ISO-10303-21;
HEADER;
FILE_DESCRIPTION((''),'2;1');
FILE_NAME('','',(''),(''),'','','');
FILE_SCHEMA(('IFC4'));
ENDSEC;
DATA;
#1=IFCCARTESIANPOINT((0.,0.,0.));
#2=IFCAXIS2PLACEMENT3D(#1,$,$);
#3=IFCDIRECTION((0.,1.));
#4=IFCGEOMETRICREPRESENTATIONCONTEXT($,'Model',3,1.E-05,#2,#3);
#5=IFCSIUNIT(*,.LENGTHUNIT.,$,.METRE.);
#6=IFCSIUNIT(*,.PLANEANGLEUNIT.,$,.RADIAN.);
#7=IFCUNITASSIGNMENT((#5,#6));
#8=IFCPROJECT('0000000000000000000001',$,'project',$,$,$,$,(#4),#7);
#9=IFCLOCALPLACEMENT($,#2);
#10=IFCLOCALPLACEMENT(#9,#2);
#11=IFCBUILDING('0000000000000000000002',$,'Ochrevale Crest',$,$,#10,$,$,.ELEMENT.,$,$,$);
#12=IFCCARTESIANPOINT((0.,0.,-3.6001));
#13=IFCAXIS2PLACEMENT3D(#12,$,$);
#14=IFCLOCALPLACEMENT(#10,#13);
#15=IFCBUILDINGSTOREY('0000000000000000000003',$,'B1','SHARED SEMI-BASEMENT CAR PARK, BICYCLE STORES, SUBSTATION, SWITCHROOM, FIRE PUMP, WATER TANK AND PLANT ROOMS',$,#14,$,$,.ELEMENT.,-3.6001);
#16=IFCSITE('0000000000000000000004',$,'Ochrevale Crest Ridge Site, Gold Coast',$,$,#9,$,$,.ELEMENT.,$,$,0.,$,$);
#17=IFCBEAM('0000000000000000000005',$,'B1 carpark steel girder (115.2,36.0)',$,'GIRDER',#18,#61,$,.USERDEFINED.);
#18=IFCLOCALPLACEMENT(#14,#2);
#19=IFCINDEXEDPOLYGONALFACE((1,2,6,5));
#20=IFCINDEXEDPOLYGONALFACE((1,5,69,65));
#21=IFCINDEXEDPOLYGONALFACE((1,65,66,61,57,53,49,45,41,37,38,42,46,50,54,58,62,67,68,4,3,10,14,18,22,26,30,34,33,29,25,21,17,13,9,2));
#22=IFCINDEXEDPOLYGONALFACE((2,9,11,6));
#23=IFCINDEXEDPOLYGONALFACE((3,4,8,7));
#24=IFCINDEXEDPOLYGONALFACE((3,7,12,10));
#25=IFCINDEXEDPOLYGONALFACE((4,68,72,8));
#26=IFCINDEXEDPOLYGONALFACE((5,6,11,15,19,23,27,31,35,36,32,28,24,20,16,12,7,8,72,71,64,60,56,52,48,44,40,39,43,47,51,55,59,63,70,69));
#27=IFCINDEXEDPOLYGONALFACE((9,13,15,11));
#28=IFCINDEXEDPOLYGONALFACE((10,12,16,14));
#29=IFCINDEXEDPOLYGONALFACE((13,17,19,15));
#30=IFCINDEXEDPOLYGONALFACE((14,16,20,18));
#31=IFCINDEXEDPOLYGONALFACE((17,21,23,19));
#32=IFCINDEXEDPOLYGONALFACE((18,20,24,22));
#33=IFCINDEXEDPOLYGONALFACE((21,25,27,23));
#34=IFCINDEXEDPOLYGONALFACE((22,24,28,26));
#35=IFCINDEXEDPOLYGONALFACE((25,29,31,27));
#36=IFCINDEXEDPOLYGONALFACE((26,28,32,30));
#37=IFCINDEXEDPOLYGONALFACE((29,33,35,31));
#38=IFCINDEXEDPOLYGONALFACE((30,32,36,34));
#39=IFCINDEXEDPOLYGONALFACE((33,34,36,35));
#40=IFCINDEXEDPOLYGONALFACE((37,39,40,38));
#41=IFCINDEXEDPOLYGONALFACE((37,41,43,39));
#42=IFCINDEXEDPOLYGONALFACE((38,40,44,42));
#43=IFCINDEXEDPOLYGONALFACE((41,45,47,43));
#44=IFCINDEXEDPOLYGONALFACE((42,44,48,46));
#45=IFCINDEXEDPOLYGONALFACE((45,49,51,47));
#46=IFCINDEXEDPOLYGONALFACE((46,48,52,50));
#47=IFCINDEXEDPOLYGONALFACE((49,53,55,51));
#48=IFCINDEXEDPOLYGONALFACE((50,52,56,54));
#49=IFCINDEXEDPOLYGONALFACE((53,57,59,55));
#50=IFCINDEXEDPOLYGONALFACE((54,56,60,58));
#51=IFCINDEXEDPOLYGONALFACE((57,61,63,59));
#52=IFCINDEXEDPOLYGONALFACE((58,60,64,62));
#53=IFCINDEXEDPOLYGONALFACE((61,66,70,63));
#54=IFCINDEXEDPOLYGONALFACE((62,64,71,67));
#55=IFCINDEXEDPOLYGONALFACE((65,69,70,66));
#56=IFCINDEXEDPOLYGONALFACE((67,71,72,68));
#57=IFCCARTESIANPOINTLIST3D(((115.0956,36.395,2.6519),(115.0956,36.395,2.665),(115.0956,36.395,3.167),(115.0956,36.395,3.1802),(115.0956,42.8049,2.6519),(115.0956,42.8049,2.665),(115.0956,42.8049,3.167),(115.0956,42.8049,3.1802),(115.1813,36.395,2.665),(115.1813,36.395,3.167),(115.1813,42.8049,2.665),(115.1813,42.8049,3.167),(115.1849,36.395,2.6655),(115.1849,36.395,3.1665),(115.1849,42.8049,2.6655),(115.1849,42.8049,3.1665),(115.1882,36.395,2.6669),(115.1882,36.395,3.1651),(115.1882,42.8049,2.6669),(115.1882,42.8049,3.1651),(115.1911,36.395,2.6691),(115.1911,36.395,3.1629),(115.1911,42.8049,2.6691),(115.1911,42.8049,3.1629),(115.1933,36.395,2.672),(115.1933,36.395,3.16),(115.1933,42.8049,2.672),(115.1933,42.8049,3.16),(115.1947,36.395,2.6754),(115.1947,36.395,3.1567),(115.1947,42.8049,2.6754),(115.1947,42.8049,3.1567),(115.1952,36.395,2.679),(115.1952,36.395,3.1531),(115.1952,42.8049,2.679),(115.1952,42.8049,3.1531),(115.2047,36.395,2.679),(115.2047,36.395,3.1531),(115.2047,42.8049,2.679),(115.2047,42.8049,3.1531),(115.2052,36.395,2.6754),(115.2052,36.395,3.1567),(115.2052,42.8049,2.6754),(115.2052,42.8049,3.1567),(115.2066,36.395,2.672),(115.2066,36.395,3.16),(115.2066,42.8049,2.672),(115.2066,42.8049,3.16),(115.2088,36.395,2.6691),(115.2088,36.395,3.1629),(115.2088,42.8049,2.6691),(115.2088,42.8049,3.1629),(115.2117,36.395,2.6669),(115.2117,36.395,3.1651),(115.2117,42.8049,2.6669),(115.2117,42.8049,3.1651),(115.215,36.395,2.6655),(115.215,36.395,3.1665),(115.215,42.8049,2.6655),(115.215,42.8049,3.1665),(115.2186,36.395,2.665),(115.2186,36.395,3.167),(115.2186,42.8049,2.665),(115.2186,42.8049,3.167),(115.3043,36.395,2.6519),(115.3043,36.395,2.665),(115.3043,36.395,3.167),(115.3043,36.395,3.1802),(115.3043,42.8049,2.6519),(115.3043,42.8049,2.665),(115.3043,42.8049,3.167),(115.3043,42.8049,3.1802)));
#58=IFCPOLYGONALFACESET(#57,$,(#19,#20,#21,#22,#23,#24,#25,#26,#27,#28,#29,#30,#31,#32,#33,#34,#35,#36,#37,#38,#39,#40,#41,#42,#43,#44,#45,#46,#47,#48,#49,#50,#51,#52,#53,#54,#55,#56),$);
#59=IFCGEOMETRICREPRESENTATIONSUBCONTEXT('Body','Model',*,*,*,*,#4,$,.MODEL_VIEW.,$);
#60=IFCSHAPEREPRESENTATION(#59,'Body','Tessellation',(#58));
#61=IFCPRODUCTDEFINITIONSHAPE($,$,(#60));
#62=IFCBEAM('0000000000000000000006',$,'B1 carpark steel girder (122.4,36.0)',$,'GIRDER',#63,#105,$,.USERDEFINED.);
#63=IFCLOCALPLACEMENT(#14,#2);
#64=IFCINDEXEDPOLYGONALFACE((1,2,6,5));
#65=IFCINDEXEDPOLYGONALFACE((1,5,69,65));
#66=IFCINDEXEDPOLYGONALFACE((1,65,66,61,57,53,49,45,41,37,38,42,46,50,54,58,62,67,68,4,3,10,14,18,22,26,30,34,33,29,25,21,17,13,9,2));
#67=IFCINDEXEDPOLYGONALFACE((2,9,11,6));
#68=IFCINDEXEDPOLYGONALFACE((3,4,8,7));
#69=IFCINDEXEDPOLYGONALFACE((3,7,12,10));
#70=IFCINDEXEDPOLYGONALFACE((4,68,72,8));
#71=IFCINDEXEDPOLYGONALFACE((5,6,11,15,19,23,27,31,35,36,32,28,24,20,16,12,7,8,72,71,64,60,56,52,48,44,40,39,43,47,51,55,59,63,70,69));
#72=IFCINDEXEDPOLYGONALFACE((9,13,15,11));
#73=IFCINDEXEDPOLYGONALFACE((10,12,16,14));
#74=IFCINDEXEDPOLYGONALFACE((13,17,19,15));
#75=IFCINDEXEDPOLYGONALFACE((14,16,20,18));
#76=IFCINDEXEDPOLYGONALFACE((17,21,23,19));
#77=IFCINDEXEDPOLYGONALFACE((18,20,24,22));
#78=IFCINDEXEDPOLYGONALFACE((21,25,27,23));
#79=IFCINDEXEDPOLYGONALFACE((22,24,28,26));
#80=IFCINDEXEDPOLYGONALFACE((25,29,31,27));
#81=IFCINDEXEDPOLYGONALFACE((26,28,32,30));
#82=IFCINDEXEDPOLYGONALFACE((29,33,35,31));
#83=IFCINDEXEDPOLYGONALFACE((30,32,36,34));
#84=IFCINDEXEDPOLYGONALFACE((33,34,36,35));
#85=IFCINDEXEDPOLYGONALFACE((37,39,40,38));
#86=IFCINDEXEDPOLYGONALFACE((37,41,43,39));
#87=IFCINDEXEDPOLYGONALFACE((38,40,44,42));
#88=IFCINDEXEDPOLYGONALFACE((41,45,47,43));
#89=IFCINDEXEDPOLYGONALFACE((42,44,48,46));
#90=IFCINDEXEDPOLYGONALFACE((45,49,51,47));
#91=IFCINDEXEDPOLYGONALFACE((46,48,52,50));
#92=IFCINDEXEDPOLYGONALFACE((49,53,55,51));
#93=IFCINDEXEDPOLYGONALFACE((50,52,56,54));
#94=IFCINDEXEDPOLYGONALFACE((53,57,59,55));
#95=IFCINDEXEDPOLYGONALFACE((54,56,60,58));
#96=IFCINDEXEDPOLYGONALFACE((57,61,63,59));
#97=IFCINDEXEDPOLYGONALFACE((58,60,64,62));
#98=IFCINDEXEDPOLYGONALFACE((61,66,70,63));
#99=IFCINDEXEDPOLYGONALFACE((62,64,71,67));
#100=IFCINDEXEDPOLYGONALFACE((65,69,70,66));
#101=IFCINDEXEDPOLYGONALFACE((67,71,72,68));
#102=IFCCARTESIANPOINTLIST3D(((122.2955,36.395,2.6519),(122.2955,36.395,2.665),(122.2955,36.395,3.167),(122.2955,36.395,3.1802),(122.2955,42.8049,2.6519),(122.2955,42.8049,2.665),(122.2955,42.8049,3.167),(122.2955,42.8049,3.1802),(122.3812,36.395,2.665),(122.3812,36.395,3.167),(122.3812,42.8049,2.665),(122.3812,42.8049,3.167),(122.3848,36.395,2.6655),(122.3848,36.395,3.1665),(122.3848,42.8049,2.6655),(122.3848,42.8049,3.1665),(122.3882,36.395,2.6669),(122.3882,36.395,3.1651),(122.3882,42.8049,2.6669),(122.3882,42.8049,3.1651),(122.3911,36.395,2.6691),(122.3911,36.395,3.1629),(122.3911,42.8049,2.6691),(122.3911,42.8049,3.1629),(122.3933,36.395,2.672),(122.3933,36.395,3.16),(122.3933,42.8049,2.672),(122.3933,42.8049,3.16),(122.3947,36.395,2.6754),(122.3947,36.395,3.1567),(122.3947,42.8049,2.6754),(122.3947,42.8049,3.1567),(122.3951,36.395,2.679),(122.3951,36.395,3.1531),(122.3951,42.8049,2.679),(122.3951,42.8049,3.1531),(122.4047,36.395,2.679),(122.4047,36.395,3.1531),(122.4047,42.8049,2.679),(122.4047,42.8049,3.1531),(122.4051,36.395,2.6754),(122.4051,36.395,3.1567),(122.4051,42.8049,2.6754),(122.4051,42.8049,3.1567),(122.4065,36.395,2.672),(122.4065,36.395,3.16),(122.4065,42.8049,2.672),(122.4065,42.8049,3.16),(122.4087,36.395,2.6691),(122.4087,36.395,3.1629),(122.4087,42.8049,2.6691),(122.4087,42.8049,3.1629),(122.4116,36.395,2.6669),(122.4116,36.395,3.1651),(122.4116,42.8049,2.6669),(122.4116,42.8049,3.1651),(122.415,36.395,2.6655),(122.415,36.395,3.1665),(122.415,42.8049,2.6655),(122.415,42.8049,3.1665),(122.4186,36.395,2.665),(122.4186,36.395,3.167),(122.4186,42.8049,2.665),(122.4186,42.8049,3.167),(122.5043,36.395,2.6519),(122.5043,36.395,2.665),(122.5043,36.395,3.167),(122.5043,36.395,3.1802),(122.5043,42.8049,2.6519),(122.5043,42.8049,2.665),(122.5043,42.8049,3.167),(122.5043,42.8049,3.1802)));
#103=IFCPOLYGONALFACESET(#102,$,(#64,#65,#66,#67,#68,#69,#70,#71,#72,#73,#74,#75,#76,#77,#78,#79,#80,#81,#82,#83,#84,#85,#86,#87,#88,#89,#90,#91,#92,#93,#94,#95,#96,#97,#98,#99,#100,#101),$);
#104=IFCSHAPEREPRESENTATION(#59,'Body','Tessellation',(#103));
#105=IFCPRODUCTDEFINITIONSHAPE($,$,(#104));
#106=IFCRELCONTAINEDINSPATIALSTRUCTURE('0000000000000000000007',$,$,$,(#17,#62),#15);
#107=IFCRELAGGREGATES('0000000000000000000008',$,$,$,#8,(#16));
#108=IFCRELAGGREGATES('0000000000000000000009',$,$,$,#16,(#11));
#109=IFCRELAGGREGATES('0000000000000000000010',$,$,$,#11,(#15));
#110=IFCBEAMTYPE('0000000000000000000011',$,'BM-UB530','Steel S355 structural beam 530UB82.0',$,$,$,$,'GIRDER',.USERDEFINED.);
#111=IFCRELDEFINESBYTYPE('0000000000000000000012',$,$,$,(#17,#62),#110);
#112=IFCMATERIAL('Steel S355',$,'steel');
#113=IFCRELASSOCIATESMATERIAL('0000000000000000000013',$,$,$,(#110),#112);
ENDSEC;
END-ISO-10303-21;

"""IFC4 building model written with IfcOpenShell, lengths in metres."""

from ifc_helpers import new_model, si_unit, direction, frame, origin, origin_2d, place, context, subcontext, project, spatial, i_section, extrude, material, material_profile, profile_set, type_object, element, save


model = new_model("IFC4")

# Units and contexts
model_context = context("Model", 3, precision=1e-05, world=origin(), true_north=direction((0.0, 1.0)))
body_context = subcontext(model_context, "Body", "Model", "MODEL_VIEW")
ifc_project = project(units=[si_unit("LENGTHUNIT", "METRE"), si_unit("PLANEANGLEUNIT", "RADIAN")], contexts=[model_context])

# Site, building, storey
site_placement = place(None, origin())
site = spatial("IfcSite", under=ifc_project, at=site_placement, Name="Ochrevale Crest Ridge Site, Gold Coast", CompositionType="ELEMENT", RefElevation=0.0)
building_placement = place(site_placement, origin())
building = spatial("IfcBuilding", under=site, at=building_placement, Name="Ochrevale Crest", CompositionType="ELEMENT")
storey_placement = place(building_placement, frame((0.0, 0.0, -3.6001)))
storey = spatial("IfcBuildingStorey", under=building, at=storey_placement, Name="B1", Description="SHARED SEMI-BASEMENT CAR PARK, BICYCLE STORES, SUBSTATION, SWITCHROOM, FIRE PUMP, WATER TANK AND PLANT ROOMS", CompositionType="ELEMENT", Elevation=-3.6001)

# Beams
ifc_material_1 = material(Name="Steel S355", Category="steel")
ifc_material_profile_1 = material_profile(ifc_material_1, i_section(OverallWidth=0.2087, OverallDepth=0.5283, WebThickness=0.0095, FlangeThickness=0.0132, FilletRadius=0.0139, at=origin_2d()), Name="530UB82.0")
ifc_profile_set_1 = profile_set([ifc_material_profile_1], Name="Steel S355")
beam_type_1 = type_object("IfcBeamType", Name="BM-UB530", Description="Steel S355 structural beam 530UB82.0", ElementType="GIRDER", PredefinedType="USERDEFINED", material=ifc_profile_set_1)
for number, where, z_axis, x_axis, name in (
    (1, (115.2, 36.395, 2.916), (0.0, 1.0, 0.0), (-1.0, 0.0, 0.0), "B1 carpark steel girder (115.2,36.0)"),
    (2, (122.3999, 36.395, 2.916), (0.0, 1.0, 0.0), (-1.0, 0.0, 0.0), "B1 carpark steel girder (122.4,36.0)"),
):
    element("IfcBeam", number, at=place(storey_placement, frame(where, z_axis=z_axis, x_axis=x_axis)), inside=storey, type_object=beam_type_1, Name=name, ObjectType="GIRDER", PredefinedType="USERDEFINED", context=body_context, shape_type="SweptSolid", body=[
        extrude(i_section(OverallWidth=0.2087, OverallDepth=0.5283, WebThickness=0.0095, FlangeThickness=0.0132, FilletRadius=0.0139, at=origin_2d()), origin(), (0.0, 0.0, 1.0), 6.4099),
    ])

save(model, "model.ifc")
